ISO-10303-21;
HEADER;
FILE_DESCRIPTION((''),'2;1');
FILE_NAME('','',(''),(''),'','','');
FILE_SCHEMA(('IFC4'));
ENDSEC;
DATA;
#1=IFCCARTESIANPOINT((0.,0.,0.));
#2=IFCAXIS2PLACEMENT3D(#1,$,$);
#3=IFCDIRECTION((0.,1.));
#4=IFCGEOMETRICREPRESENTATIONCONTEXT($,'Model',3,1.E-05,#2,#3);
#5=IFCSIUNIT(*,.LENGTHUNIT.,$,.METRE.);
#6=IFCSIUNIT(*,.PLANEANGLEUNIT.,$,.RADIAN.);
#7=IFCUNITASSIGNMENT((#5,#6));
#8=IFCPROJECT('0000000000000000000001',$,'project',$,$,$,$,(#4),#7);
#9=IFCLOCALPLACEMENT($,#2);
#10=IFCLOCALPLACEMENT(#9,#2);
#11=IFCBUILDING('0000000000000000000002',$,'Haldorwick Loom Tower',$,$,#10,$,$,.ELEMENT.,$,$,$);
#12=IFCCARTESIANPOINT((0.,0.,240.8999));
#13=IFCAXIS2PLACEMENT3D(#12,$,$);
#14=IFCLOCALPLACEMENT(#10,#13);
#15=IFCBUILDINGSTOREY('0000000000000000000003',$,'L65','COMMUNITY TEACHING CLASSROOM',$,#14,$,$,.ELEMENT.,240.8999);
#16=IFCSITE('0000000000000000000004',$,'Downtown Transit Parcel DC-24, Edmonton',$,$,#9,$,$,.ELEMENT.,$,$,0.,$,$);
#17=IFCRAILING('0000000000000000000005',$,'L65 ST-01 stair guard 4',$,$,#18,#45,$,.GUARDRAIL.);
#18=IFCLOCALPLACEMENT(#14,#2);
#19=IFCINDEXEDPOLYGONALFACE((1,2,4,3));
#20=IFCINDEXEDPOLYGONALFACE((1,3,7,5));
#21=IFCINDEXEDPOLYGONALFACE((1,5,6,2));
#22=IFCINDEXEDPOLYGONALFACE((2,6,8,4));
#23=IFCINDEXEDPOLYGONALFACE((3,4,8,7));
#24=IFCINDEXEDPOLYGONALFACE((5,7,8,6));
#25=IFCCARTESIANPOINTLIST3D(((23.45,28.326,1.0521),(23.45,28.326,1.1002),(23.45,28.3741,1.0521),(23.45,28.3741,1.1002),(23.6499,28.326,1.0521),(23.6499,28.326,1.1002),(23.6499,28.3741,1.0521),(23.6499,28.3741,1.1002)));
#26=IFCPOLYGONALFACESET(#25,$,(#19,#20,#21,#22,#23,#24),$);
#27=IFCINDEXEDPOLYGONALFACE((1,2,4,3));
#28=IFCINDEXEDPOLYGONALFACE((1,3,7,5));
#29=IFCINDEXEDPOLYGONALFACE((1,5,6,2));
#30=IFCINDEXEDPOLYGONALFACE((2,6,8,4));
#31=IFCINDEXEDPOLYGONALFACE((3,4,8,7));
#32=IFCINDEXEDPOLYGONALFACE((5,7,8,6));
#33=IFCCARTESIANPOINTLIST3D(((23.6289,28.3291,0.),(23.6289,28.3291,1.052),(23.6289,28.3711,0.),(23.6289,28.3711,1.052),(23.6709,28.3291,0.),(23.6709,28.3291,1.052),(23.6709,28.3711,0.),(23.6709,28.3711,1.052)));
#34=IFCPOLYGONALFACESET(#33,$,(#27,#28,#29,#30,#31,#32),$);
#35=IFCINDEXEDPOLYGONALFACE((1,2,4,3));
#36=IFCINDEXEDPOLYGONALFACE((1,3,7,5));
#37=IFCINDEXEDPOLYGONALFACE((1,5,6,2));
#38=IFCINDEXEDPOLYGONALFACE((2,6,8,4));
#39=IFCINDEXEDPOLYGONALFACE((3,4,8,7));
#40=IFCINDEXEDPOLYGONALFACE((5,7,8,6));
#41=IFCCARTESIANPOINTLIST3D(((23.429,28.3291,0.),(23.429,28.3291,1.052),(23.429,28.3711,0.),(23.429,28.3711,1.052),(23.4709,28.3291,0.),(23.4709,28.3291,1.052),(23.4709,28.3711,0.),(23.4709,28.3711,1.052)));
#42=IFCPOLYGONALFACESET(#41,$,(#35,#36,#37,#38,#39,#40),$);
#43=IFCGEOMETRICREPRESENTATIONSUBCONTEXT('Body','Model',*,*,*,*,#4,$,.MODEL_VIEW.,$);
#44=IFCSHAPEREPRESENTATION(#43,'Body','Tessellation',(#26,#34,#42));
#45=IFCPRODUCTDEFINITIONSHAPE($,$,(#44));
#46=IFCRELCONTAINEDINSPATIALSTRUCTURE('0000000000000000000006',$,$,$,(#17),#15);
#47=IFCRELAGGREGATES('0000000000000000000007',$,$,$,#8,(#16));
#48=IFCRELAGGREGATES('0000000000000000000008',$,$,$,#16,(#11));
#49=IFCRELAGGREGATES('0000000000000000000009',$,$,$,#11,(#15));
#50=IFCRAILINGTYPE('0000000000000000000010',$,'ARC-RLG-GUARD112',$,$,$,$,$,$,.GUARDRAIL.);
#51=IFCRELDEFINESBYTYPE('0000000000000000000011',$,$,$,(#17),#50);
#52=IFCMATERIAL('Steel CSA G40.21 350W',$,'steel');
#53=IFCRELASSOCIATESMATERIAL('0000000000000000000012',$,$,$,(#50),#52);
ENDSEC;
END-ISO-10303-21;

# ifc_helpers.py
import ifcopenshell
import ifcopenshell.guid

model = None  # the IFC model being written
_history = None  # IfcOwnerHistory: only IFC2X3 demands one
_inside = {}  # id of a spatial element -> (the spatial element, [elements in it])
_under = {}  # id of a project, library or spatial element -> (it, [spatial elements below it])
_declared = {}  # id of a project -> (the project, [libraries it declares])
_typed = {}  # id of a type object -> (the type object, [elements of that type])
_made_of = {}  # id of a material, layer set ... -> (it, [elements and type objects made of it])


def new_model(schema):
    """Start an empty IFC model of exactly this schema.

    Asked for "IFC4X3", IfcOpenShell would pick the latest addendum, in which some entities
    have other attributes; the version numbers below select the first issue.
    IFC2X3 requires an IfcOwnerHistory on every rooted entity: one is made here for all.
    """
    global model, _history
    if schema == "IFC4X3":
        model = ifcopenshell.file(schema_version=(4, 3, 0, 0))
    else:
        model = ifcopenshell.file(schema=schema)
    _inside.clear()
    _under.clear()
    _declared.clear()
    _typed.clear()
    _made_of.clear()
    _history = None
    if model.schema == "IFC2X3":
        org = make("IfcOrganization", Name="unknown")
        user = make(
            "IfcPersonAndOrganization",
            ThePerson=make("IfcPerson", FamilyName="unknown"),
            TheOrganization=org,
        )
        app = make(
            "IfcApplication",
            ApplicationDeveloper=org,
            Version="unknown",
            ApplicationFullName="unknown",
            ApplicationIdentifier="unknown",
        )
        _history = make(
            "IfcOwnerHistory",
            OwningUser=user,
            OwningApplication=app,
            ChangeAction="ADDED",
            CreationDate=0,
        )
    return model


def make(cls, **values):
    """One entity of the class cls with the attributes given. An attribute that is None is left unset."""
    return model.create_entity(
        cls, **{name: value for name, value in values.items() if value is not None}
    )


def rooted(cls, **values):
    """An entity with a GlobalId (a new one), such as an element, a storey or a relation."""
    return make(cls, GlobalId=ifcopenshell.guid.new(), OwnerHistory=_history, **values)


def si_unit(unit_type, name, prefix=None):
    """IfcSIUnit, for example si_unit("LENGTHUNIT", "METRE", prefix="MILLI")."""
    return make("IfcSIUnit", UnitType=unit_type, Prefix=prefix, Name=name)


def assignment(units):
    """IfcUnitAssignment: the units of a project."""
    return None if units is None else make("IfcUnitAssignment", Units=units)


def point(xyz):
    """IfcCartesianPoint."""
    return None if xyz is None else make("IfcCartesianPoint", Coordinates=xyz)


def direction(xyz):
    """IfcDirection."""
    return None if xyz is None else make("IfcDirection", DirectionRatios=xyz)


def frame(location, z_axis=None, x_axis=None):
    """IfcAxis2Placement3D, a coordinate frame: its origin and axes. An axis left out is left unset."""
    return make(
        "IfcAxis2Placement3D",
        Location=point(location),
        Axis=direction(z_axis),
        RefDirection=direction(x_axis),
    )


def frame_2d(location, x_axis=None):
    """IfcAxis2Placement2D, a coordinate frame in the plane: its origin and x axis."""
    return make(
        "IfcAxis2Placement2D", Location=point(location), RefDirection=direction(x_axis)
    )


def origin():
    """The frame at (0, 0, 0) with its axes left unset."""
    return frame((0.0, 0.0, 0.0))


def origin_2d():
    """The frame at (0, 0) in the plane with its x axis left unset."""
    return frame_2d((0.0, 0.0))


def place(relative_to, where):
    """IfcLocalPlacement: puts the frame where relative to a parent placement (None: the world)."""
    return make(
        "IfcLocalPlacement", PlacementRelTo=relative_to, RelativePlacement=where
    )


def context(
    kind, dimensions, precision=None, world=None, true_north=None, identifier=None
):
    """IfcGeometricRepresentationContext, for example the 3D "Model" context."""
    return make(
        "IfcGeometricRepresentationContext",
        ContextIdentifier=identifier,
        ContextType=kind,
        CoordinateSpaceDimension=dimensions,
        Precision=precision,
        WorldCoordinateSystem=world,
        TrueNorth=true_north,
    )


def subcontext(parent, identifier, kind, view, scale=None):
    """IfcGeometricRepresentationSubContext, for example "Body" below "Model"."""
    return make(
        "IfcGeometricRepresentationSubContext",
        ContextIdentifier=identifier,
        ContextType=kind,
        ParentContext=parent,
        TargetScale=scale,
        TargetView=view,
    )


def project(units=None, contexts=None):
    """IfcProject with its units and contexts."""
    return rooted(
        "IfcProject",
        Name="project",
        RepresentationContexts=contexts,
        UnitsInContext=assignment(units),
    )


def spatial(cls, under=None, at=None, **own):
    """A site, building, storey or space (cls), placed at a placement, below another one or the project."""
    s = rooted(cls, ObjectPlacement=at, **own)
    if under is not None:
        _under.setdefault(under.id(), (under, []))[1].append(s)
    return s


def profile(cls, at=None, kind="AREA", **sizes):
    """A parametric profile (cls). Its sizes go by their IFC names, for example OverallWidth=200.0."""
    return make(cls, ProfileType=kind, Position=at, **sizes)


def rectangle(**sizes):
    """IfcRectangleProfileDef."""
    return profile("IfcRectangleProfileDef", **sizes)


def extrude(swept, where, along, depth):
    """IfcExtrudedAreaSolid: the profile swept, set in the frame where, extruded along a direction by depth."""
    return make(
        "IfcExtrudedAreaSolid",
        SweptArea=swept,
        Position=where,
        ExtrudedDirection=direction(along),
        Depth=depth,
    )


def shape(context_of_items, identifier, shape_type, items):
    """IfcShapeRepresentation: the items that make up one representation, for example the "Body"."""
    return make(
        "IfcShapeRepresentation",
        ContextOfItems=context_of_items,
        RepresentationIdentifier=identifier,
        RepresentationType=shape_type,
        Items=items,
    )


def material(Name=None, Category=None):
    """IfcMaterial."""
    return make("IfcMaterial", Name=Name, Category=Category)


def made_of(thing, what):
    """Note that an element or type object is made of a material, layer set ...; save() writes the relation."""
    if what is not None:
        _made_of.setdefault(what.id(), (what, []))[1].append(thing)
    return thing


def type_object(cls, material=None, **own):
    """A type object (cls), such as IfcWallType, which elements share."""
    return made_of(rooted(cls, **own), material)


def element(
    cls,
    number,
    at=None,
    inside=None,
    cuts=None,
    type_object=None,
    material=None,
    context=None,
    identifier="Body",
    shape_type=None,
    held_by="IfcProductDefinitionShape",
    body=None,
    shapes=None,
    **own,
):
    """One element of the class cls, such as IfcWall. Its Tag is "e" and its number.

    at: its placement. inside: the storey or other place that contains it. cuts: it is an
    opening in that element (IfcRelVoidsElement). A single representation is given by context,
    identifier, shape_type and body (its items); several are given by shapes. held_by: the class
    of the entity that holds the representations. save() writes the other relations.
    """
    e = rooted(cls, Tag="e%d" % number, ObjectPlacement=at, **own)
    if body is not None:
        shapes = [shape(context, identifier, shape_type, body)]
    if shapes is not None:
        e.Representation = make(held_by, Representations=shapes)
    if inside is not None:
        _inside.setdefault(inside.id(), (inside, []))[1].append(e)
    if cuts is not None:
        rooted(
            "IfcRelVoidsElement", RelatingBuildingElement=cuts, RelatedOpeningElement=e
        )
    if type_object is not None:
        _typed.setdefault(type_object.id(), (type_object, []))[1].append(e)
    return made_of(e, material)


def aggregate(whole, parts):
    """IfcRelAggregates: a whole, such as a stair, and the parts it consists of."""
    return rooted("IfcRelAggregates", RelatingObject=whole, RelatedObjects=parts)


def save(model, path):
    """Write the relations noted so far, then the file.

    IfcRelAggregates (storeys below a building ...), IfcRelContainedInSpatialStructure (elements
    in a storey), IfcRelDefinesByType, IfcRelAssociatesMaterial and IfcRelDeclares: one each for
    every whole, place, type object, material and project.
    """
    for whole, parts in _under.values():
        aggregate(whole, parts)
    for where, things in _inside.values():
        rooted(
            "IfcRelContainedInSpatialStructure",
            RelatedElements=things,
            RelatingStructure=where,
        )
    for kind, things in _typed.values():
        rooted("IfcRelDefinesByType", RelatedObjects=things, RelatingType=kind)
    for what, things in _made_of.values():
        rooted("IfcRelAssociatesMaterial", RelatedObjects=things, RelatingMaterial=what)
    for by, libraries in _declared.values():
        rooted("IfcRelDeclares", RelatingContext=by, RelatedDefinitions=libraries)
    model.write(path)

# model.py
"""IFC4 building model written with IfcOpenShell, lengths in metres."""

from ifc_helpers import new_model, si_unit, direction, frame, origin, origin_2d, place, context, subcontext, project, spatial, rectangle, extrude, material, type_object, element, save


model = new_model("IFC4")

# Units and contexts
model_context = context("Model", 3, precision=1e-05, world=origin(), true_north=direction((0.0, 1.0)))
body_context = subcontext(model_context, "Body", "Model", "MODEL_VIEW")
ifc_project = project(units=[si_unit("LENGTHUNIT", "METRE"), si_unit("PLANEANGLEUNIT", "RADIAN")], contexts=[model_context])

# Site, building, storey
site_placement = place(None, origin())
site = spatial("IfcSite", under=ifc_project, at=site_placement, Name="Downtown Transit Parcel DC-24, Edmonton", CompositionType="ELEMENT", RefElevation=0.0)
building_placement = place(site_placement, origin())
building = spatial("IfcBuilding", under=site, at=building_placement, Name="Haldorwick Loom Tower", CompositionType="ELEMENT")
storey_placement = place(building_placement, frame((0.0, 0.0, 240.8999)))
storey = spatial("IfcBuildingStorey", under=building, at=storey_placement, Name="L65", Description="COMMUNITY TEACHING CLASSROOM", CompositionType="ELEMENT", Elevation=240.8999)

# Shared definitions
ifc_material_1 = material(Name="Steel CSA G40.21 350W", Category="steel")

# Railing
railing_type = type_object("IfcRailingType", Name="ARC-RLG-GUARD112", PredefinedType="GUARDRAIL", material=ifc_material_1)
railing_placement = place(storey_placement, frame((23.6499, 28.3501, 0.0)))
element("IfcRailing", 1, at=railing_placement, inside=storey, type_object=railing_type, Name="L65 ST-01 stair guard 4", PredefinedType="GUARDRAIL", context=body_context, shape_type="SweptSolid", body=[
    extrude(rectangle(XDim=0.0481, YDim=0.0481, at=origin_2d()), frame((0.0, 0.0, 1.0762), z_axis=(-1.0, 0.0, 0.0), x_axis=(0.0, -1.0, 0.0)), (0.0, 0.0, 1.0), 0.2),
    extrude(rectangle(XDim=0.042, YDim=0.042, at=origin_2d()), origin(), (0.0, 0.0, 1.0), 1.052),
    extrude(rectangle(XDim=0.042, YDim=0.042, at=origin_2d()), frame((-0.2, 0.0, 0.0)), (0.0, 0.0, 1.0), 1.052),
])

save(model, "model.ifc")
